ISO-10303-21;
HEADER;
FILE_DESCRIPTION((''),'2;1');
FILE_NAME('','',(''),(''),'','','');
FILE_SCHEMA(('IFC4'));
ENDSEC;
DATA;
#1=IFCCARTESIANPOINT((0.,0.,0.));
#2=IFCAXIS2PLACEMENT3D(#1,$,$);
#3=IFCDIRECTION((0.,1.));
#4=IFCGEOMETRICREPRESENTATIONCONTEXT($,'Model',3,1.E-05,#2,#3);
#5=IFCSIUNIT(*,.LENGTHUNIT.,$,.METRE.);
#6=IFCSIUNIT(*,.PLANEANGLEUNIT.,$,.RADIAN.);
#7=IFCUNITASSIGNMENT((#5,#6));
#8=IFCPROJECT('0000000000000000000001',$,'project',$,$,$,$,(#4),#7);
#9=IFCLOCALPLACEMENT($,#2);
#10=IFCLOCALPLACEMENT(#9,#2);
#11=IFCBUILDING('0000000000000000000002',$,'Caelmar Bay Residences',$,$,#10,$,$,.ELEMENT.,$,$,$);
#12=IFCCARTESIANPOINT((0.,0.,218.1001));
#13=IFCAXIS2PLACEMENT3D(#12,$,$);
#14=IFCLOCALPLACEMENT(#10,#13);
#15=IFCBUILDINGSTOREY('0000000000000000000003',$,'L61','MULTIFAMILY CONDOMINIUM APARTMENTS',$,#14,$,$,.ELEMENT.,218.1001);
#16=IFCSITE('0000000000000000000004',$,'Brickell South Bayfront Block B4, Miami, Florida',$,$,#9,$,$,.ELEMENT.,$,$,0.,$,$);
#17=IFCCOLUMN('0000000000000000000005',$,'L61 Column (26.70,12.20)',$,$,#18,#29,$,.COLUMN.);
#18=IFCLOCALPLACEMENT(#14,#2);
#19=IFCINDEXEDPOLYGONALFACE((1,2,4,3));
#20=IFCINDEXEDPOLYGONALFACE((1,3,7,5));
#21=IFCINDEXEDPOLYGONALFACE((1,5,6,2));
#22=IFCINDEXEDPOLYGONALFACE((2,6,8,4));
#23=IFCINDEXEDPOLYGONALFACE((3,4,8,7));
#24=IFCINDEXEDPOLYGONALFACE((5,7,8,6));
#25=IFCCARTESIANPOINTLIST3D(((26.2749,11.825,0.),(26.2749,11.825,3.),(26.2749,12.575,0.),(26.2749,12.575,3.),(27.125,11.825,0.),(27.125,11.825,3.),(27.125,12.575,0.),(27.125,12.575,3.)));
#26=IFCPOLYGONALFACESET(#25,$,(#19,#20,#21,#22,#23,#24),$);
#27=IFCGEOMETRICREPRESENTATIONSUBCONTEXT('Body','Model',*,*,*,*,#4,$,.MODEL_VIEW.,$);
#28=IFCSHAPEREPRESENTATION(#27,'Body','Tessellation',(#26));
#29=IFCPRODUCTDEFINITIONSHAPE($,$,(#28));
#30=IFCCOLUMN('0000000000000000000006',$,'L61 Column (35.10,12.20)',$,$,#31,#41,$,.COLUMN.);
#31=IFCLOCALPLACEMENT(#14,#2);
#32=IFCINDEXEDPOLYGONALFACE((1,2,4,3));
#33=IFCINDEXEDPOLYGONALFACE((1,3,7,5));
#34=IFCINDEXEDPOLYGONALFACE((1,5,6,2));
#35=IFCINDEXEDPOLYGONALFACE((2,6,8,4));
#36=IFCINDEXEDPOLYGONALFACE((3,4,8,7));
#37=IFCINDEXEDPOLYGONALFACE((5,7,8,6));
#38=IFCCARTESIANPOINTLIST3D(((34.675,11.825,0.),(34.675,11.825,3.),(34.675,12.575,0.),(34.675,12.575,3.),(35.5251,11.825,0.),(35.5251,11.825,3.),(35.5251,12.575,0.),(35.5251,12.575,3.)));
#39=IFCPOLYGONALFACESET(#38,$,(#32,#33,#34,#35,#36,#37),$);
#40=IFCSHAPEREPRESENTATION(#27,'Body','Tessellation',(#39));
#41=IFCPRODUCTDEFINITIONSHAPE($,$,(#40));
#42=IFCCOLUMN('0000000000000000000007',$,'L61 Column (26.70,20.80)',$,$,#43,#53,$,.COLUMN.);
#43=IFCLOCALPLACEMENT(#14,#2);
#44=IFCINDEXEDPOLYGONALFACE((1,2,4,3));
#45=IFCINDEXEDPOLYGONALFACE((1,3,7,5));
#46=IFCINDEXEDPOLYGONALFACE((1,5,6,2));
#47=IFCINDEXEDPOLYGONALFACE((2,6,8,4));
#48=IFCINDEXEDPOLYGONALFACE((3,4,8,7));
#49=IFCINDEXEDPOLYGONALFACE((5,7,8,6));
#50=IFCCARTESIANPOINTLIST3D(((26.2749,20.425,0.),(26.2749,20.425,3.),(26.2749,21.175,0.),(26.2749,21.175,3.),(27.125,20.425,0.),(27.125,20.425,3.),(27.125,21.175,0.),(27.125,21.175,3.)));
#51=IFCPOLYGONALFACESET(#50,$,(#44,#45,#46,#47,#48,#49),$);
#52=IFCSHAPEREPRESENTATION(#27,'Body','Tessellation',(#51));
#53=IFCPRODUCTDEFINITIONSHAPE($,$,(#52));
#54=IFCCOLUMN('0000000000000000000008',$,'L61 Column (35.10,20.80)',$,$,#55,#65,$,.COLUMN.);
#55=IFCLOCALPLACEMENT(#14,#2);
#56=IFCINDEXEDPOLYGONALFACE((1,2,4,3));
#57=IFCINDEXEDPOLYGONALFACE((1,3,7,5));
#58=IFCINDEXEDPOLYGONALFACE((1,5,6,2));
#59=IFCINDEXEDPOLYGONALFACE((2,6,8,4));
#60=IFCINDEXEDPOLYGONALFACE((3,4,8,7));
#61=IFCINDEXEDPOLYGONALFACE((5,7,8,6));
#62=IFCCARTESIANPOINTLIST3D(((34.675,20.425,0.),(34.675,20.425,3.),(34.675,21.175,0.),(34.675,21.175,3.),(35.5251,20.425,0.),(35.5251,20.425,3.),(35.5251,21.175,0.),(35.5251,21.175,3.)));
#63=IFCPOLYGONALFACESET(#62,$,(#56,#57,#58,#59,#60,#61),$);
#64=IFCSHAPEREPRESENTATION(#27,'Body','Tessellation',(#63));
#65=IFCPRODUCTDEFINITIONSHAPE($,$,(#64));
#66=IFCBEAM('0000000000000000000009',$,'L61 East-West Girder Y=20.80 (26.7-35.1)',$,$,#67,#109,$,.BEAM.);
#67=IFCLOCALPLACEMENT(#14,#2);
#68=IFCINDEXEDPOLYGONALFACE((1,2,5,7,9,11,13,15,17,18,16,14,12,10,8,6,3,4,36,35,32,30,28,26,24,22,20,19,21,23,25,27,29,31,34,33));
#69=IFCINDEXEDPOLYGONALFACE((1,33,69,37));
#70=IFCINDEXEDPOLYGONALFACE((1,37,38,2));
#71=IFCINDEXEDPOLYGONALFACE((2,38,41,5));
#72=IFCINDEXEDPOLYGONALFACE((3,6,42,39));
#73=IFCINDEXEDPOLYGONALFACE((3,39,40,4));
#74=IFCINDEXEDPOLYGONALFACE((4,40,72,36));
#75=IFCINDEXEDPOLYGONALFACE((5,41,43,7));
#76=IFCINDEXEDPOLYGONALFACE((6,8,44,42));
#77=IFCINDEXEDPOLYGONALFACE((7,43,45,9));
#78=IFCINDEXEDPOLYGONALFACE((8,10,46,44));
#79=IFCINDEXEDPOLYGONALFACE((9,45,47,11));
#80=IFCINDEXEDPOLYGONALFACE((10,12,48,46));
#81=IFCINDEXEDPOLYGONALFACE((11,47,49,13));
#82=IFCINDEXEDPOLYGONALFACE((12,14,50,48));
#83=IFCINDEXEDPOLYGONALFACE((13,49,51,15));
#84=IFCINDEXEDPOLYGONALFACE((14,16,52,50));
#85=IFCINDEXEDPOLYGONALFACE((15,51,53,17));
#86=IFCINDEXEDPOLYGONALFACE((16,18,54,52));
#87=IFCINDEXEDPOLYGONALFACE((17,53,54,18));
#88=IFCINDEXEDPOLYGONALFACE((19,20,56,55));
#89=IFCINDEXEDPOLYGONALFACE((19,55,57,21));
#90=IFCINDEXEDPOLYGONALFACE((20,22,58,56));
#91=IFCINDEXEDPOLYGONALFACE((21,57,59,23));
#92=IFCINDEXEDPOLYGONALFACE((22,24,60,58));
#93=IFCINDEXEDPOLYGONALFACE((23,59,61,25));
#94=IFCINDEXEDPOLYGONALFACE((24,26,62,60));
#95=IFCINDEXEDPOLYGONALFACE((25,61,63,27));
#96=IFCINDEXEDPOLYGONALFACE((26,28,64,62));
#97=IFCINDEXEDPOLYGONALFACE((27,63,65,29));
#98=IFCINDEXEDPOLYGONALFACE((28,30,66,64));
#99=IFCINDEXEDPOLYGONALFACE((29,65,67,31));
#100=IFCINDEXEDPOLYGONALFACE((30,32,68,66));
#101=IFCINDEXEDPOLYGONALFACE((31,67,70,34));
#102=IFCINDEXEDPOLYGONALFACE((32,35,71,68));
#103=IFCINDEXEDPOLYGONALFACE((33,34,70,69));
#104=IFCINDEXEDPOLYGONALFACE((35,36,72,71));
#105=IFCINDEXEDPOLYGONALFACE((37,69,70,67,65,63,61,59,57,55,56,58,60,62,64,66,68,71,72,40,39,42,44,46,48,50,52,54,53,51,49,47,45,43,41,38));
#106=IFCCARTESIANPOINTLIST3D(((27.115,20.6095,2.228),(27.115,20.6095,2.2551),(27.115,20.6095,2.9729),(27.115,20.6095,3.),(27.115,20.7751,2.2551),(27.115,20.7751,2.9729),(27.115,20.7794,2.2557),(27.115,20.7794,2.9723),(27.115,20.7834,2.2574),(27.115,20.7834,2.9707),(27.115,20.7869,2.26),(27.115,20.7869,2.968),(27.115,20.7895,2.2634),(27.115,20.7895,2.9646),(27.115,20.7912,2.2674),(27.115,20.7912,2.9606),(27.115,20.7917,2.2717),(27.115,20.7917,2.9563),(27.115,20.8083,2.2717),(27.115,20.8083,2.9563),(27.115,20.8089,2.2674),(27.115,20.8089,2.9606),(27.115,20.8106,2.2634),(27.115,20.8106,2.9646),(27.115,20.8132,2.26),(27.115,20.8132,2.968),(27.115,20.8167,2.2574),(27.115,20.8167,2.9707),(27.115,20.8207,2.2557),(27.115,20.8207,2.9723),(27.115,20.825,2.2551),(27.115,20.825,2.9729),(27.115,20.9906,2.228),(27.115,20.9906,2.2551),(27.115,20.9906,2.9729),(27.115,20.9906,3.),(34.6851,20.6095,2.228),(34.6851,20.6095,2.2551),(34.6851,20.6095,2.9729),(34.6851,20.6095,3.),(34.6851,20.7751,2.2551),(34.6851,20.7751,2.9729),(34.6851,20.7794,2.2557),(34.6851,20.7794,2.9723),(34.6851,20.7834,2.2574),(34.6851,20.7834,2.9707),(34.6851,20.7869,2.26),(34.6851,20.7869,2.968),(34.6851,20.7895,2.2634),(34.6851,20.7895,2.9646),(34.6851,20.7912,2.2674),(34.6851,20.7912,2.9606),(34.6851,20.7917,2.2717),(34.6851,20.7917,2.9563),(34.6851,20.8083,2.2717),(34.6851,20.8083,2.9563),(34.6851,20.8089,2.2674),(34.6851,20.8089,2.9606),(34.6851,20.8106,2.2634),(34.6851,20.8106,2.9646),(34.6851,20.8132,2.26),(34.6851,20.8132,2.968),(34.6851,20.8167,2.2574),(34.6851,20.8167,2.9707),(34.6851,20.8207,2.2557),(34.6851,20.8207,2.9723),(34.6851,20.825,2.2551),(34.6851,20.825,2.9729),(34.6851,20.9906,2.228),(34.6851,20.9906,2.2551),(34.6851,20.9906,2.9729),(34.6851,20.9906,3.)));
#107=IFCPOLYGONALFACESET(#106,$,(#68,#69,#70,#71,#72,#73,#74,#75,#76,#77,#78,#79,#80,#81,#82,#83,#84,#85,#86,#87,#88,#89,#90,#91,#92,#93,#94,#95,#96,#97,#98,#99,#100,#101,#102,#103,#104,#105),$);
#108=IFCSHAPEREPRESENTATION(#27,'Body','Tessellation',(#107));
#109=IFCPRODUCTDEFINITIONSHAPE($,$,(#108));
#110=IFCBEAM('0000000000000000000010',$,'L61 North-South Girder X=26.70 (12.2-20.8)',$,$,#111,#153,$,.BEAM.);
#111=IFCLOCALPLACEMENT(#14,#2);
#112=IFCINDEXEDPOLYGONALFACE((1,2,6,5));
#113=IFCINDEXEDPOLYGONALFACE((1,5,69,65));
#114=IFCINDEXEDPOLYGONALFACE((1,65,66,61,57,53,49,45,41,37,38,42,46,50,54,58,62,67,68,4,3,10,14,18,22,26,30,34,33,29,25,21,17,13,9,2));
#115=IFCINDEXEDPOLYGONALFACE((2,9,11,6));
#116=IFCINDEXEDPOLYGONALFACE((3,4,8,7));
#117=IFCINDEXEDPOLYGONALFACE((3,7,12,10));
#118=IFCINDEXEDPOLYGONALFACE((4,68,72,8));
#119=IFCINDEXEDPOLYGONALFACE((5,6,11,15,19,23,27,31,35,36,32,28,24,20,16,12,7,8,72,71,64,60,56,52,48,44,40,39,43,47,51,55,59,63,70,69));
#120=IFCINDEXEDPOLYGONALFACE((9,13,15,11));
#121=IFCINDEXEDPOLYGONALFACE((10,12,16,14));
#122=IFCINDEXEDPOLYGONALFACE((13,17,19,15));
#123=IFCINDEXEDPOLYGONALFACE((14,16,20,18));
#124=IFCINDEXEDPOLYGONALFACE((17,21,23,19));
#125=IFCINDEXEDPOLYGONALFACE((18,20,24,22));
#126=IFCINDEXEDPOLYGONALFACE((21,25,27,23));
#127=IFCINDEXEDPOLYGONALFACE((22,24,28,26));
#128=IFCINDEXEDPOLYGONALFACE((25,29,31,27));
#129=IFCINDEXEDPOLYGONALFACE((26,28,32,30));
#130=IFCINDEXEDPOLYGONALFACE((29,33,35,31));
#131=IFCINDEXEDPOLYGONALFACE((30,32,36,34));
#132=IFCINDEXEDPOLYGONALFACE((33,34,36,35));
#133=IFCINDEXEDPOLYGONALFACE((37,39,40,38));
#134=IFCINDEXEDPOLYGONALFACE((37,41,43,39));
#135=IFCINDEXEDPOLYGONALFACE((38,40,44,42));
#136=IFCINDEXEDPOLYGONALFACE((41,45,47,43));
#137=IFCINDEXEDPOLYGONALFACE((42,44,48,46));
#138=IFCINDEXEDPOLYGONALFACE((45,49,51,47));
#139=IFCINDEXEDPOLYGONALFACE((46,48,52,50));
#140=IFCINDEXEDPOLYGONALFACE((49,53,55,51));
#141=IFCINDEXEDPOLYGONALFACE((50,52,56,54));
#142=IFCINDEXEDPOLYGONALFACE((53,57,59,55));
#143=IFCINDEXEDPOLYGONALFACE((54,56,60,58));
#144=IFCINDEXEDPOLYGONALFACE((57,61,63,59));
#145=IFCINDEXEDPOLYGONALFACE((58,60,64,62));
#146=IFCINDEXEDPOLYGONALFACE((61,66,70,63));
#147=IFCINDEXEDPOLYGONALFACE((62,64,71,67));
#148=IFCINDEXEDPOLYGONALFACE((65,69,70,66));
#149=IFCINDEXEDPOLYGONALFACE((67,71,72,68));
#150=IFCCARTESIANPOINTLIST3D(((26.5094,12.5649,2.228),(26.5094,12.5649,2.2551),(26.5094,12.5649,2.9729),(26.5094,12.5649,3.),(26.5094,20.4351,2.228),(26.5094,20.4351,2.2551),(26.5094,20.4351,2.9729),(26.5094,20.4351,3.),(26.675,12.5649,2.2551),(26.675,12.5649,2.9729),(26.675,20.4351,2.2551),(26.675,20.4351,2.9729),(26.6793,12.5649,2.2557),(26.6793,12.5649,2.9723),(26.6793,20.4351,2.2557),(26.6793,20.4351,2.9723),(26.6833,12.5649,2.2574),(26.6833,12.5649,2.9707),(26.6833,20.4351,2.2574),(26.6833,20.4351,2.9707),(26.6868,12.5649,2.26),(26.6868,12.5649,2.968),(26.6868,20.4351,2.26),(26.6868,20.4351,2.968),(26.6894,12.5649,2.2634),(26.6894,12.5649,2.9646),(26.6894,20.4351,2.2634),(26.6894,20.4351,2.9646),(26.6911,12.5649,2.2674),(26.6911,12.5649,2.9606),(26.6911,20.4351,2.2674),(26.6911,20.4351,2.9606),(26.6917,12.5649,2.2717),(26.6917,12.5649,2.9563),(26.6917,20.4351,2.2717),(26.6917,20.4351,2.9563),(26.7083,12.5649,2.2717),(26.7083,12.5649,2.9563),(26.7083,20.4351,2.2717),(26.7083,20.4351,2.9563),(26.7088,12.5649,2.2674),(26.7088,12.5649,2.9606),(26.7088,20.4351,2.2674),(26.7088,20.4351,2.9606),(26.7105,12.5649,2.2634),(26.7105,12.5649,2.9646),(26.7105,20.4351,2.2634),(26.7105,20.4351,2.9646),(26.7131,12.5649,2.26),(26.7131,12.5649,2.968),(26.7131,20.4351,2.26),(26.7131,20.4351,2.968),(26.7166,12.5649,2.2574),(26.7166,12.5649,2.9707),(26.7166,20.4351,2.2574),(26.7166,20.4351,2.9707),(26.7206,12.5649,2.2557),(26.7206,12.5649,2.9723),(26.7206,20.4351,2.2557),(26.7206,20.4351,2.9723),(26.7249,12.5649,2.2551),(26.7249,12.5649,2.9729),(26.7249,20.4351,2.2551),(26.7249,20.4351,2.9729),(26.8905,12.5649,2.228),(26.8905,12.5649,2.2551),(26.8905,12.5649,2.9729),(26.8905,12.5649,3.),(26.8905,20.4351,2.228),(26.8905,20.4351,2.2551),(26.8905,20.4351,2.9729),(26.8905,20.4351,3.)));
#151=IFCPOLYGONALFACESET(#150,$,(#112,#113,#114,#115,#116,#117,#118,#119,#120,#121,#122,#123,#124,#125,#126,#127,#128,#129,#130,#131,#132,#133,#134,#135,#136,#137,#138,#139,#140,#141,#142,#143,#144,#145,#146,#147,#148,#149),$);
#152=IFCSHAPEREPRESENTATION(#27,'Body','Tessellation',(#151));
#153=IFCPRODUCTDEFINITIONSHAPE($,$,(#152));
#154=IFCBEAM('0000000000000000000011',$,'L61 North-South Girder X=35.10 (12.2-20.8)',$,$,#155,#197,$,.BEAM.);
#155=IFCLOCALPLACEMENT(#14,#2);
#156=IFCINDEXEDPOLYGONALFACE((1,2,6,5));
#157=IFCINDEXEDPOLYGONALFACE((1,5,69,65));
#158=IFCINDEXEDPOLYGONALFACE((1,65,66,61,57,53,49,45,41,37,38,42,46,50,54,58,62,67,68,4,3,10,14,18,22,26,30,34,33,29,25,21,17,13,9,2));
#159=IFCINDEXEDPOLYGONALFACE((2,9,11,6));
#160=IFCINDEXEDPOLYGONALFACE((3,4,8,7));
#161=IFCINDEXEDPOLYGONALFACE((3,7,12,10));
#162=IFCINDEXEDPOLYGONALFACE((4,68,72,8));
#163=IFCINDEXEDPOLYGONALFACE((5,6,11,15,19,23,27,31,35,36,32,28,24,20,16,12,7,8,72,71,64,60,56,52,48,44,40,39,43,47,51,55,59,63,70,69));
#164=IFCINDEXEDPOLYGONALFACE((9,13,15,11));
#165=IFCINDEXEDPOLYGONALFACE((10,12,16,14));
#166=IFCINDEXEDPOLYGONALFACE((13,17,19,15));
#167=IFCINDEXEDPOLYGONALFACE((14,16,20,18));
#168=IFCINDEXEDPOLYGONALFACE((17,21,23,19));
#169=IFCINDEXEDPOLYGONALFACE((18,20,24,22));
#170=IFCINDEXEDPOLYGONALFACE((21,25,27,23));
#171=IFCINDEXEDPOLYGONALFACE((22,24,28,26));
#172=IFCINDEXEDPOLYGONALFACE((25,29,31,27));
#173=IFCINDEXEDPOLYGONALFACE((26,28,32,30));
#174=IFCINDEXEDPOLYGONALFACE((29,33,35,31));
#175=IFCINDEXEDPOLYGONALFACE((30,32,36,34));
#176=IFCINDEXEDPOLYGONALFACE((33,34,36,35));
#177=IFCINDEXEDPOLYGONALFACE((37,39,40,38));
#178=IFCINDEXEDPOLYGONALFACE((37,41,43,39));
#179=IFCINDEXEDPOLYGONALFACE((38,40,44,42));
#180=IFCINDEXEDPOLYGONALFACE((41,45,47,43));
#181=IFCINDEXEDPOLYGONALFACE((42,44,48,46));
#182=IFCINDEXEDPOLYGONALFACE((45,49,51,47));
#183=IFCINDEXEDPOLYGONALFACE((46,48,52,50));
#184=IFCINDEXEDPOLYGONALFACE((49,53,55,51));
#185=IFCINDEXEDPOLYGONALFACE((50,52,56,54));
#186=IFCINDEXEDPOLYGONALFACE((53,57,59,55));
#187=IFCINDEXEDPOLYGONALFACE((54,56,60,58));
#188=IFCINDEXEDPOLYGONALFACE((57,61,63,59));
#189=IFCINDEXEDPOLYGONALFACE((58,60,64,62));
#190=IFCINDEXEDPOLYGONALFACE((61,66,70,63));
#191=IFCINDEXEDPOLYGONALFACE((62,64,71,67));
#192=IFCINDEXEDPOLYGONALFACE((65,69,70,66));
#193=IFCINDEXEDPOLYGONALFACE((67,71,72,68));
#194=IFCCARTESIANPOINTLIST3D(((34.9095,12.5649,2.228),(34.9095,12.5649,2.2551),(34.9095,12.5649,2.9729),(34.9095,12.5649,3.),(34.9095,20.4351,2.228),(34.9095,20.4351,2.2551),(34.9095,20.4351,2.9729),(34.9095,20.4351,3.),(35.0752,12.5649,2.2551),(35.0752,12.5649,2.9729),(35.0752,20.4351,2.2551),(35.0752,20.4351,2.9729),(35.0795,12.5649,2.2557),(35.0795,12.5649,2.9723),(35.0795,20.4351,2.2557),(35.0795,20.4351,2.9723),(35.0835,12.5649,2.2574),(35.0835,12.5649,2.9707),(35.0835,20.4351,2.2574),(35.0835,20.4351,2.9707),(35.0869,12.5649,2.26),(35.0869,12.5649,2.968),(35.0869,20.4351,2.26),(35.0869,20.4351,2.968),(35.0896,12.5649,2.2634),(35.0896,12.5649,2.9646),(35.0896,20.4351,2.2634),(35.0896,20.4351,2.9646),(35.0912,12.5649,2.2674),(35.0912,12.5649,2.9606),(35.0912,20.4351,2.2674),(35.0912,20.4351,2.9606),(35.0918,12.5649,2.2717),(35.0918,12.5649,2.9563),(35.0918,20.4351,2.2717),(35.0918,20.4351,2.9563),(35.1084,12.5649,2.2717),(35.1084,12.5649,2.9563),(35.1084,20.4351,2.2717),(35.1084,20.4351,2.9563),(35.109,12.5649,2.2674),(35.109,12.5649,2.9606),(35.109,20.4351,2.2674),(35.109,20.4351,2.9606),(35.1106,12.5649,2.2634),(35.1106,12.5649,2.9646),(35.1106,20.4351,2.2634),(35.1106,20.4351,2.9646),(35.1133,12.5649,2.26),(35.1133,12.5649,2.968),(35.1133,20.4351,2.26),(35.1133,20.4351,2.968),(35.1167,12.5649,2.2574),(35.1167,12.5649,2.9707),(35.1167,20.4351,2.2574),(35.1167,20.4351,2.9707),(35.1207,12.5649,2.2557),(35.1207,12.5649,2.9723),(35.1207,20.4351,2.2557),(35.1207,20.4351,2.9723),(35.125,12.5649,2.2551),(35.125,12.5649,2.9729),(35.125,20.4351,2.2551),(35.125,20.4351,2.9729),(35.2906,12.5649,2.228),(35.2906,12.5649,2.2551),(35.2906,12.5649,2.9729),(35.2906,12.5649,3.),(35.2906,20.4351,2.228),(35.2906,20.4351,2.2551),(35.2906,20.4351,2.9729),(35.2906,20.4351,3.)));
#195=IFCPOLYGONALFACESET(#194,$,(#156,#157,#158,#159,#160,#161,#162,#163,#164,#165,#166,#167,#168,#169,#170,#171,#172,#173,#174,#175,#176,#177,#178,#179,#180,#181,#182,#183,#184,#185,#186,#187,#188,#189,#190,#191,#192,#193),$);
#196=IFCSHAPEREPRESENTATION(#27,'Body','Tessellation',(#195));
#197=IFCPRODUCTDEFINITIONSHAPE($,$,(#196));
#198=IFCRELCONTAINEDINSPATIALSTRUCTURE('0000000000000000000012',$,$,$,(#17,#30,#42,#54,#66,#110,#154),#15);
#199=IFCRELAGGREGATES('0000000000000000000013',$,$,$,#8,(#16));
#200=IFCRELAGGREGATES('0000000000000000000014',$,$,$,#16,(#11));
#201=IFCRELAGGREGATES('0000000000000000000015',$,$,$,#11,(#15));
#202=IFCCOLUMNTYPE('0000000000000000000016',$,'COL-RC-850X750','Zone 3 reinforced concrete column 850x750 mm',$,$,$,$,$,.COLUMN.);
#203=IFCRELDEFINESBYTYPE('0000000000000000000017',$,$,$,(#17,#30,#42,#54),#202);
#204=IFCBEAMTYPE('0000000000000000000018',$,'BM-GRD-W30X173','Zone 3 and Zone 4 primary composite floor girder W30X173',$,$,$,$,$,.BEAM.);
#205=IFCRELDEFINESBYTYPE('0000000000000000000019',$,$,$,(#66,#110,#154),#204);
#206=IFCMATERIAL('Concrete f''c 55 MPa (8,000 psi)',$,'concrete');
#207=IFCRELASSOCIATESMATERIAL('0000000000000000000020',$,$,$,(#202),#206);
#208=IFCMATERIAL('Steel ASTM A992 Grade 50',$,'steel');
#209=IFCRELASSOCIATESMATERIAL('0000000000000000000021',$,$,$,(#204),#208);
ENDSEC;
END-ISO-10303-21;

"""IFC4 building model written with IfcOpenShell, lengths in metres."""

from ifc_helpers import new_model, si_unit, direction, frame, origin, origin_2d, place, context, subcontext, project, spatial, rectangle, i_section, extrude, material, material_profile, profile_set, type_object, element, save


model = new_model("IFC4")

# Units and contexts
model_context = context("Model", 3, precision=1e-05, world=origin(), true_north=direction((0.0, 1.0)))
body_context = subcontext(model_context, "Body", "Model", "MODEL_VIEW")
ifc_project = project(units=[si_unit("LENGTHUNIT", "METRE"), si_unit("PLANEANGLEUNIT", "RADIAN")], contexts=[model_context])

# Site, building, storey
site_placement = place(None, origin())
site = spatial("IfcSite", under=ifc_project, at=site_placement, Name="Brickell South Bayfront Block B4, Miami, Florida", CompositionType="ELEMENT", RefElevation=0.0)
building_placement = place(site_placement, origin())
building = spatial("IfcBuilding", under=site, at=building_placement, Name="Caelmar Bay Residences", CompositionType="ELEMENT")
storey_placement = place(building_placement, frame((0.0, 0.0, 218.1001)))
storey = spatial("IfcBuildingStorey", under=building, at=storey_placement, Name="L61", Description="MULTIFAMILY CONDOMINIUM APARTMENTS", CompositionType="ELEMENT", Elevation=218.1001)

# Columns
ifc_material_1 = material(Name="Concrete f'c 55 MPa (8,000 psi)", Category="concrete")
ifc_material_profile_1 = material_profile(ifc_material_1, rectangle(XDim=0.8501, YDim=0.75, at=origin_2d()), Name="RC-COL-850X750")
ifc_profile_set_1 = profile_set([ifc_material_profile_1], Name="Concrete f'c 55 MPa (8,000 psi)")
column_type = type_object("IfcColumnType", Name="COL-RC-850X750", Description="Zone 3 reinforced concrete column 850x750 mm", PredefinedType="COLUMN", material=ifc_profile_set_1)
for number, where, z_axis, x_axis, name in (
    (1, (26.7, 12.2, 0.0), (0.0, 0.0, 1.0), (1.0, 0.0, 0.0), "L61 Column (26.70,12.20)"),
    (2, (35.1001, 12.2, 0.0), (0.0, 0.0, 1.0), (1.0, 0.0, 0.0), "L61 Column (35.10,12.20)"),
    (3, (26.7, 20.8, 0.0), (0.0, 0.0, 1.0), (1.0, 0.0, 0.0), "L61 Column (26.70,20.80)"),
    (4, (35.1001, 20.8, 0.0), (0.0, 0.0, 1.0), (1.0, 0.0, 0.0), "L61 Column (35.10,20.80)"),
):
    element("IfcColumn", number, at=place(storey_placement, frame(where, z_axis=z_axis, x_axis=x_axis)), inside=storey, type_object=column_type, Name=name, PredefinedType="COLUMN", context=body_context, shape_type="SweptSolid", body=[
        extrude(rectangle(XDim=0.8501, YDim=0.75, at=origin_2d()), origin(), (0.0, 0.0, 1.0), 3.0),
    ])

# Beams
ifc_material_2 = material(Name="Steel ASTM A992 Grade 50", Category="steel")
ifc_material_profile_2 = material_profile(ifc_material_2, i_section(OverallWidth=0.3811, OverallDepth=0.772, WebThickness=0.0166, FlangeThickness=0.0271, FilletRadius=0.0166, at=origin_2d()), Name="W30X173")
ifc_profile_set_2 = profile_set([ifc_material_profile_2], Name="Steel ASTM A992 Grade 50")
beam_type_1 = type_object("IfcBeamType", Name="BM-GRD-W30X173", Description="Zone 3 and Zone 4 primary composite floor girder W30X173", PredefinedType="BEAM", material=ifc_profile_set_2)
beam_1_placement = place(storey_placement, frame((27.115, 20.8, 2.614), z_axis=(1.0, 0.0, 0.0), x_axis=(0.0, 1.0, 0.0)))
element("IfcBeam", 5, at=beam_1_placement, inside=storey, type_object=beam_type_1, Name="L61 East-West Girder Y=20.80 (26.7-35.1)", PredefinedType="BEAM", context=body_context, shape_type="SweptSolid", body=[
    extrude(i_section(OverallWidth=0.3811, OverallDepth=0.772, WebThickness=0.0166, FlangeThickness=0.0271, FilletRadius=0.0166, at=origin_2d()), origin(), (0.0, 0.0, 1.0), 7.5701),
])
for number, where, z_axis, x_axis, name in (
    (6, (26.7, 12.5649, 2.614), (0.0, 1.0, 0.0), (-1.0, 0.0, 0.0), "L61 North-South Girder X=26.70 (12.2-20.8)"),
    (7, (35.1001, 12.5649, 2.614), (0.0, 1.0, 0.0), (-1.0, 0.0, 0.0), "L61 North-South Girder X=35.10 (12.2-20.8)"),
):
    element("IfcBeam", number, at=place(storey_placement, frame(where, z_axis=z_axis, x_axis=x_axis)), inside=storey, type_object=beam_type_1, Name=name, PredefinedType="BEAM", context=body_context, shape_type="SweptSolid", body=[
        extrude(i_section(OverallWidth=0.3811, OverallDepth=0.772, WebThickness=0.0166, FlangeThickness=0.0271, FilletRadius=0.0166, at=origin_2d()), origin(), (0.0, 0.0, 1.0), 7.8701),
    ])

save(model, "model.ifc")
